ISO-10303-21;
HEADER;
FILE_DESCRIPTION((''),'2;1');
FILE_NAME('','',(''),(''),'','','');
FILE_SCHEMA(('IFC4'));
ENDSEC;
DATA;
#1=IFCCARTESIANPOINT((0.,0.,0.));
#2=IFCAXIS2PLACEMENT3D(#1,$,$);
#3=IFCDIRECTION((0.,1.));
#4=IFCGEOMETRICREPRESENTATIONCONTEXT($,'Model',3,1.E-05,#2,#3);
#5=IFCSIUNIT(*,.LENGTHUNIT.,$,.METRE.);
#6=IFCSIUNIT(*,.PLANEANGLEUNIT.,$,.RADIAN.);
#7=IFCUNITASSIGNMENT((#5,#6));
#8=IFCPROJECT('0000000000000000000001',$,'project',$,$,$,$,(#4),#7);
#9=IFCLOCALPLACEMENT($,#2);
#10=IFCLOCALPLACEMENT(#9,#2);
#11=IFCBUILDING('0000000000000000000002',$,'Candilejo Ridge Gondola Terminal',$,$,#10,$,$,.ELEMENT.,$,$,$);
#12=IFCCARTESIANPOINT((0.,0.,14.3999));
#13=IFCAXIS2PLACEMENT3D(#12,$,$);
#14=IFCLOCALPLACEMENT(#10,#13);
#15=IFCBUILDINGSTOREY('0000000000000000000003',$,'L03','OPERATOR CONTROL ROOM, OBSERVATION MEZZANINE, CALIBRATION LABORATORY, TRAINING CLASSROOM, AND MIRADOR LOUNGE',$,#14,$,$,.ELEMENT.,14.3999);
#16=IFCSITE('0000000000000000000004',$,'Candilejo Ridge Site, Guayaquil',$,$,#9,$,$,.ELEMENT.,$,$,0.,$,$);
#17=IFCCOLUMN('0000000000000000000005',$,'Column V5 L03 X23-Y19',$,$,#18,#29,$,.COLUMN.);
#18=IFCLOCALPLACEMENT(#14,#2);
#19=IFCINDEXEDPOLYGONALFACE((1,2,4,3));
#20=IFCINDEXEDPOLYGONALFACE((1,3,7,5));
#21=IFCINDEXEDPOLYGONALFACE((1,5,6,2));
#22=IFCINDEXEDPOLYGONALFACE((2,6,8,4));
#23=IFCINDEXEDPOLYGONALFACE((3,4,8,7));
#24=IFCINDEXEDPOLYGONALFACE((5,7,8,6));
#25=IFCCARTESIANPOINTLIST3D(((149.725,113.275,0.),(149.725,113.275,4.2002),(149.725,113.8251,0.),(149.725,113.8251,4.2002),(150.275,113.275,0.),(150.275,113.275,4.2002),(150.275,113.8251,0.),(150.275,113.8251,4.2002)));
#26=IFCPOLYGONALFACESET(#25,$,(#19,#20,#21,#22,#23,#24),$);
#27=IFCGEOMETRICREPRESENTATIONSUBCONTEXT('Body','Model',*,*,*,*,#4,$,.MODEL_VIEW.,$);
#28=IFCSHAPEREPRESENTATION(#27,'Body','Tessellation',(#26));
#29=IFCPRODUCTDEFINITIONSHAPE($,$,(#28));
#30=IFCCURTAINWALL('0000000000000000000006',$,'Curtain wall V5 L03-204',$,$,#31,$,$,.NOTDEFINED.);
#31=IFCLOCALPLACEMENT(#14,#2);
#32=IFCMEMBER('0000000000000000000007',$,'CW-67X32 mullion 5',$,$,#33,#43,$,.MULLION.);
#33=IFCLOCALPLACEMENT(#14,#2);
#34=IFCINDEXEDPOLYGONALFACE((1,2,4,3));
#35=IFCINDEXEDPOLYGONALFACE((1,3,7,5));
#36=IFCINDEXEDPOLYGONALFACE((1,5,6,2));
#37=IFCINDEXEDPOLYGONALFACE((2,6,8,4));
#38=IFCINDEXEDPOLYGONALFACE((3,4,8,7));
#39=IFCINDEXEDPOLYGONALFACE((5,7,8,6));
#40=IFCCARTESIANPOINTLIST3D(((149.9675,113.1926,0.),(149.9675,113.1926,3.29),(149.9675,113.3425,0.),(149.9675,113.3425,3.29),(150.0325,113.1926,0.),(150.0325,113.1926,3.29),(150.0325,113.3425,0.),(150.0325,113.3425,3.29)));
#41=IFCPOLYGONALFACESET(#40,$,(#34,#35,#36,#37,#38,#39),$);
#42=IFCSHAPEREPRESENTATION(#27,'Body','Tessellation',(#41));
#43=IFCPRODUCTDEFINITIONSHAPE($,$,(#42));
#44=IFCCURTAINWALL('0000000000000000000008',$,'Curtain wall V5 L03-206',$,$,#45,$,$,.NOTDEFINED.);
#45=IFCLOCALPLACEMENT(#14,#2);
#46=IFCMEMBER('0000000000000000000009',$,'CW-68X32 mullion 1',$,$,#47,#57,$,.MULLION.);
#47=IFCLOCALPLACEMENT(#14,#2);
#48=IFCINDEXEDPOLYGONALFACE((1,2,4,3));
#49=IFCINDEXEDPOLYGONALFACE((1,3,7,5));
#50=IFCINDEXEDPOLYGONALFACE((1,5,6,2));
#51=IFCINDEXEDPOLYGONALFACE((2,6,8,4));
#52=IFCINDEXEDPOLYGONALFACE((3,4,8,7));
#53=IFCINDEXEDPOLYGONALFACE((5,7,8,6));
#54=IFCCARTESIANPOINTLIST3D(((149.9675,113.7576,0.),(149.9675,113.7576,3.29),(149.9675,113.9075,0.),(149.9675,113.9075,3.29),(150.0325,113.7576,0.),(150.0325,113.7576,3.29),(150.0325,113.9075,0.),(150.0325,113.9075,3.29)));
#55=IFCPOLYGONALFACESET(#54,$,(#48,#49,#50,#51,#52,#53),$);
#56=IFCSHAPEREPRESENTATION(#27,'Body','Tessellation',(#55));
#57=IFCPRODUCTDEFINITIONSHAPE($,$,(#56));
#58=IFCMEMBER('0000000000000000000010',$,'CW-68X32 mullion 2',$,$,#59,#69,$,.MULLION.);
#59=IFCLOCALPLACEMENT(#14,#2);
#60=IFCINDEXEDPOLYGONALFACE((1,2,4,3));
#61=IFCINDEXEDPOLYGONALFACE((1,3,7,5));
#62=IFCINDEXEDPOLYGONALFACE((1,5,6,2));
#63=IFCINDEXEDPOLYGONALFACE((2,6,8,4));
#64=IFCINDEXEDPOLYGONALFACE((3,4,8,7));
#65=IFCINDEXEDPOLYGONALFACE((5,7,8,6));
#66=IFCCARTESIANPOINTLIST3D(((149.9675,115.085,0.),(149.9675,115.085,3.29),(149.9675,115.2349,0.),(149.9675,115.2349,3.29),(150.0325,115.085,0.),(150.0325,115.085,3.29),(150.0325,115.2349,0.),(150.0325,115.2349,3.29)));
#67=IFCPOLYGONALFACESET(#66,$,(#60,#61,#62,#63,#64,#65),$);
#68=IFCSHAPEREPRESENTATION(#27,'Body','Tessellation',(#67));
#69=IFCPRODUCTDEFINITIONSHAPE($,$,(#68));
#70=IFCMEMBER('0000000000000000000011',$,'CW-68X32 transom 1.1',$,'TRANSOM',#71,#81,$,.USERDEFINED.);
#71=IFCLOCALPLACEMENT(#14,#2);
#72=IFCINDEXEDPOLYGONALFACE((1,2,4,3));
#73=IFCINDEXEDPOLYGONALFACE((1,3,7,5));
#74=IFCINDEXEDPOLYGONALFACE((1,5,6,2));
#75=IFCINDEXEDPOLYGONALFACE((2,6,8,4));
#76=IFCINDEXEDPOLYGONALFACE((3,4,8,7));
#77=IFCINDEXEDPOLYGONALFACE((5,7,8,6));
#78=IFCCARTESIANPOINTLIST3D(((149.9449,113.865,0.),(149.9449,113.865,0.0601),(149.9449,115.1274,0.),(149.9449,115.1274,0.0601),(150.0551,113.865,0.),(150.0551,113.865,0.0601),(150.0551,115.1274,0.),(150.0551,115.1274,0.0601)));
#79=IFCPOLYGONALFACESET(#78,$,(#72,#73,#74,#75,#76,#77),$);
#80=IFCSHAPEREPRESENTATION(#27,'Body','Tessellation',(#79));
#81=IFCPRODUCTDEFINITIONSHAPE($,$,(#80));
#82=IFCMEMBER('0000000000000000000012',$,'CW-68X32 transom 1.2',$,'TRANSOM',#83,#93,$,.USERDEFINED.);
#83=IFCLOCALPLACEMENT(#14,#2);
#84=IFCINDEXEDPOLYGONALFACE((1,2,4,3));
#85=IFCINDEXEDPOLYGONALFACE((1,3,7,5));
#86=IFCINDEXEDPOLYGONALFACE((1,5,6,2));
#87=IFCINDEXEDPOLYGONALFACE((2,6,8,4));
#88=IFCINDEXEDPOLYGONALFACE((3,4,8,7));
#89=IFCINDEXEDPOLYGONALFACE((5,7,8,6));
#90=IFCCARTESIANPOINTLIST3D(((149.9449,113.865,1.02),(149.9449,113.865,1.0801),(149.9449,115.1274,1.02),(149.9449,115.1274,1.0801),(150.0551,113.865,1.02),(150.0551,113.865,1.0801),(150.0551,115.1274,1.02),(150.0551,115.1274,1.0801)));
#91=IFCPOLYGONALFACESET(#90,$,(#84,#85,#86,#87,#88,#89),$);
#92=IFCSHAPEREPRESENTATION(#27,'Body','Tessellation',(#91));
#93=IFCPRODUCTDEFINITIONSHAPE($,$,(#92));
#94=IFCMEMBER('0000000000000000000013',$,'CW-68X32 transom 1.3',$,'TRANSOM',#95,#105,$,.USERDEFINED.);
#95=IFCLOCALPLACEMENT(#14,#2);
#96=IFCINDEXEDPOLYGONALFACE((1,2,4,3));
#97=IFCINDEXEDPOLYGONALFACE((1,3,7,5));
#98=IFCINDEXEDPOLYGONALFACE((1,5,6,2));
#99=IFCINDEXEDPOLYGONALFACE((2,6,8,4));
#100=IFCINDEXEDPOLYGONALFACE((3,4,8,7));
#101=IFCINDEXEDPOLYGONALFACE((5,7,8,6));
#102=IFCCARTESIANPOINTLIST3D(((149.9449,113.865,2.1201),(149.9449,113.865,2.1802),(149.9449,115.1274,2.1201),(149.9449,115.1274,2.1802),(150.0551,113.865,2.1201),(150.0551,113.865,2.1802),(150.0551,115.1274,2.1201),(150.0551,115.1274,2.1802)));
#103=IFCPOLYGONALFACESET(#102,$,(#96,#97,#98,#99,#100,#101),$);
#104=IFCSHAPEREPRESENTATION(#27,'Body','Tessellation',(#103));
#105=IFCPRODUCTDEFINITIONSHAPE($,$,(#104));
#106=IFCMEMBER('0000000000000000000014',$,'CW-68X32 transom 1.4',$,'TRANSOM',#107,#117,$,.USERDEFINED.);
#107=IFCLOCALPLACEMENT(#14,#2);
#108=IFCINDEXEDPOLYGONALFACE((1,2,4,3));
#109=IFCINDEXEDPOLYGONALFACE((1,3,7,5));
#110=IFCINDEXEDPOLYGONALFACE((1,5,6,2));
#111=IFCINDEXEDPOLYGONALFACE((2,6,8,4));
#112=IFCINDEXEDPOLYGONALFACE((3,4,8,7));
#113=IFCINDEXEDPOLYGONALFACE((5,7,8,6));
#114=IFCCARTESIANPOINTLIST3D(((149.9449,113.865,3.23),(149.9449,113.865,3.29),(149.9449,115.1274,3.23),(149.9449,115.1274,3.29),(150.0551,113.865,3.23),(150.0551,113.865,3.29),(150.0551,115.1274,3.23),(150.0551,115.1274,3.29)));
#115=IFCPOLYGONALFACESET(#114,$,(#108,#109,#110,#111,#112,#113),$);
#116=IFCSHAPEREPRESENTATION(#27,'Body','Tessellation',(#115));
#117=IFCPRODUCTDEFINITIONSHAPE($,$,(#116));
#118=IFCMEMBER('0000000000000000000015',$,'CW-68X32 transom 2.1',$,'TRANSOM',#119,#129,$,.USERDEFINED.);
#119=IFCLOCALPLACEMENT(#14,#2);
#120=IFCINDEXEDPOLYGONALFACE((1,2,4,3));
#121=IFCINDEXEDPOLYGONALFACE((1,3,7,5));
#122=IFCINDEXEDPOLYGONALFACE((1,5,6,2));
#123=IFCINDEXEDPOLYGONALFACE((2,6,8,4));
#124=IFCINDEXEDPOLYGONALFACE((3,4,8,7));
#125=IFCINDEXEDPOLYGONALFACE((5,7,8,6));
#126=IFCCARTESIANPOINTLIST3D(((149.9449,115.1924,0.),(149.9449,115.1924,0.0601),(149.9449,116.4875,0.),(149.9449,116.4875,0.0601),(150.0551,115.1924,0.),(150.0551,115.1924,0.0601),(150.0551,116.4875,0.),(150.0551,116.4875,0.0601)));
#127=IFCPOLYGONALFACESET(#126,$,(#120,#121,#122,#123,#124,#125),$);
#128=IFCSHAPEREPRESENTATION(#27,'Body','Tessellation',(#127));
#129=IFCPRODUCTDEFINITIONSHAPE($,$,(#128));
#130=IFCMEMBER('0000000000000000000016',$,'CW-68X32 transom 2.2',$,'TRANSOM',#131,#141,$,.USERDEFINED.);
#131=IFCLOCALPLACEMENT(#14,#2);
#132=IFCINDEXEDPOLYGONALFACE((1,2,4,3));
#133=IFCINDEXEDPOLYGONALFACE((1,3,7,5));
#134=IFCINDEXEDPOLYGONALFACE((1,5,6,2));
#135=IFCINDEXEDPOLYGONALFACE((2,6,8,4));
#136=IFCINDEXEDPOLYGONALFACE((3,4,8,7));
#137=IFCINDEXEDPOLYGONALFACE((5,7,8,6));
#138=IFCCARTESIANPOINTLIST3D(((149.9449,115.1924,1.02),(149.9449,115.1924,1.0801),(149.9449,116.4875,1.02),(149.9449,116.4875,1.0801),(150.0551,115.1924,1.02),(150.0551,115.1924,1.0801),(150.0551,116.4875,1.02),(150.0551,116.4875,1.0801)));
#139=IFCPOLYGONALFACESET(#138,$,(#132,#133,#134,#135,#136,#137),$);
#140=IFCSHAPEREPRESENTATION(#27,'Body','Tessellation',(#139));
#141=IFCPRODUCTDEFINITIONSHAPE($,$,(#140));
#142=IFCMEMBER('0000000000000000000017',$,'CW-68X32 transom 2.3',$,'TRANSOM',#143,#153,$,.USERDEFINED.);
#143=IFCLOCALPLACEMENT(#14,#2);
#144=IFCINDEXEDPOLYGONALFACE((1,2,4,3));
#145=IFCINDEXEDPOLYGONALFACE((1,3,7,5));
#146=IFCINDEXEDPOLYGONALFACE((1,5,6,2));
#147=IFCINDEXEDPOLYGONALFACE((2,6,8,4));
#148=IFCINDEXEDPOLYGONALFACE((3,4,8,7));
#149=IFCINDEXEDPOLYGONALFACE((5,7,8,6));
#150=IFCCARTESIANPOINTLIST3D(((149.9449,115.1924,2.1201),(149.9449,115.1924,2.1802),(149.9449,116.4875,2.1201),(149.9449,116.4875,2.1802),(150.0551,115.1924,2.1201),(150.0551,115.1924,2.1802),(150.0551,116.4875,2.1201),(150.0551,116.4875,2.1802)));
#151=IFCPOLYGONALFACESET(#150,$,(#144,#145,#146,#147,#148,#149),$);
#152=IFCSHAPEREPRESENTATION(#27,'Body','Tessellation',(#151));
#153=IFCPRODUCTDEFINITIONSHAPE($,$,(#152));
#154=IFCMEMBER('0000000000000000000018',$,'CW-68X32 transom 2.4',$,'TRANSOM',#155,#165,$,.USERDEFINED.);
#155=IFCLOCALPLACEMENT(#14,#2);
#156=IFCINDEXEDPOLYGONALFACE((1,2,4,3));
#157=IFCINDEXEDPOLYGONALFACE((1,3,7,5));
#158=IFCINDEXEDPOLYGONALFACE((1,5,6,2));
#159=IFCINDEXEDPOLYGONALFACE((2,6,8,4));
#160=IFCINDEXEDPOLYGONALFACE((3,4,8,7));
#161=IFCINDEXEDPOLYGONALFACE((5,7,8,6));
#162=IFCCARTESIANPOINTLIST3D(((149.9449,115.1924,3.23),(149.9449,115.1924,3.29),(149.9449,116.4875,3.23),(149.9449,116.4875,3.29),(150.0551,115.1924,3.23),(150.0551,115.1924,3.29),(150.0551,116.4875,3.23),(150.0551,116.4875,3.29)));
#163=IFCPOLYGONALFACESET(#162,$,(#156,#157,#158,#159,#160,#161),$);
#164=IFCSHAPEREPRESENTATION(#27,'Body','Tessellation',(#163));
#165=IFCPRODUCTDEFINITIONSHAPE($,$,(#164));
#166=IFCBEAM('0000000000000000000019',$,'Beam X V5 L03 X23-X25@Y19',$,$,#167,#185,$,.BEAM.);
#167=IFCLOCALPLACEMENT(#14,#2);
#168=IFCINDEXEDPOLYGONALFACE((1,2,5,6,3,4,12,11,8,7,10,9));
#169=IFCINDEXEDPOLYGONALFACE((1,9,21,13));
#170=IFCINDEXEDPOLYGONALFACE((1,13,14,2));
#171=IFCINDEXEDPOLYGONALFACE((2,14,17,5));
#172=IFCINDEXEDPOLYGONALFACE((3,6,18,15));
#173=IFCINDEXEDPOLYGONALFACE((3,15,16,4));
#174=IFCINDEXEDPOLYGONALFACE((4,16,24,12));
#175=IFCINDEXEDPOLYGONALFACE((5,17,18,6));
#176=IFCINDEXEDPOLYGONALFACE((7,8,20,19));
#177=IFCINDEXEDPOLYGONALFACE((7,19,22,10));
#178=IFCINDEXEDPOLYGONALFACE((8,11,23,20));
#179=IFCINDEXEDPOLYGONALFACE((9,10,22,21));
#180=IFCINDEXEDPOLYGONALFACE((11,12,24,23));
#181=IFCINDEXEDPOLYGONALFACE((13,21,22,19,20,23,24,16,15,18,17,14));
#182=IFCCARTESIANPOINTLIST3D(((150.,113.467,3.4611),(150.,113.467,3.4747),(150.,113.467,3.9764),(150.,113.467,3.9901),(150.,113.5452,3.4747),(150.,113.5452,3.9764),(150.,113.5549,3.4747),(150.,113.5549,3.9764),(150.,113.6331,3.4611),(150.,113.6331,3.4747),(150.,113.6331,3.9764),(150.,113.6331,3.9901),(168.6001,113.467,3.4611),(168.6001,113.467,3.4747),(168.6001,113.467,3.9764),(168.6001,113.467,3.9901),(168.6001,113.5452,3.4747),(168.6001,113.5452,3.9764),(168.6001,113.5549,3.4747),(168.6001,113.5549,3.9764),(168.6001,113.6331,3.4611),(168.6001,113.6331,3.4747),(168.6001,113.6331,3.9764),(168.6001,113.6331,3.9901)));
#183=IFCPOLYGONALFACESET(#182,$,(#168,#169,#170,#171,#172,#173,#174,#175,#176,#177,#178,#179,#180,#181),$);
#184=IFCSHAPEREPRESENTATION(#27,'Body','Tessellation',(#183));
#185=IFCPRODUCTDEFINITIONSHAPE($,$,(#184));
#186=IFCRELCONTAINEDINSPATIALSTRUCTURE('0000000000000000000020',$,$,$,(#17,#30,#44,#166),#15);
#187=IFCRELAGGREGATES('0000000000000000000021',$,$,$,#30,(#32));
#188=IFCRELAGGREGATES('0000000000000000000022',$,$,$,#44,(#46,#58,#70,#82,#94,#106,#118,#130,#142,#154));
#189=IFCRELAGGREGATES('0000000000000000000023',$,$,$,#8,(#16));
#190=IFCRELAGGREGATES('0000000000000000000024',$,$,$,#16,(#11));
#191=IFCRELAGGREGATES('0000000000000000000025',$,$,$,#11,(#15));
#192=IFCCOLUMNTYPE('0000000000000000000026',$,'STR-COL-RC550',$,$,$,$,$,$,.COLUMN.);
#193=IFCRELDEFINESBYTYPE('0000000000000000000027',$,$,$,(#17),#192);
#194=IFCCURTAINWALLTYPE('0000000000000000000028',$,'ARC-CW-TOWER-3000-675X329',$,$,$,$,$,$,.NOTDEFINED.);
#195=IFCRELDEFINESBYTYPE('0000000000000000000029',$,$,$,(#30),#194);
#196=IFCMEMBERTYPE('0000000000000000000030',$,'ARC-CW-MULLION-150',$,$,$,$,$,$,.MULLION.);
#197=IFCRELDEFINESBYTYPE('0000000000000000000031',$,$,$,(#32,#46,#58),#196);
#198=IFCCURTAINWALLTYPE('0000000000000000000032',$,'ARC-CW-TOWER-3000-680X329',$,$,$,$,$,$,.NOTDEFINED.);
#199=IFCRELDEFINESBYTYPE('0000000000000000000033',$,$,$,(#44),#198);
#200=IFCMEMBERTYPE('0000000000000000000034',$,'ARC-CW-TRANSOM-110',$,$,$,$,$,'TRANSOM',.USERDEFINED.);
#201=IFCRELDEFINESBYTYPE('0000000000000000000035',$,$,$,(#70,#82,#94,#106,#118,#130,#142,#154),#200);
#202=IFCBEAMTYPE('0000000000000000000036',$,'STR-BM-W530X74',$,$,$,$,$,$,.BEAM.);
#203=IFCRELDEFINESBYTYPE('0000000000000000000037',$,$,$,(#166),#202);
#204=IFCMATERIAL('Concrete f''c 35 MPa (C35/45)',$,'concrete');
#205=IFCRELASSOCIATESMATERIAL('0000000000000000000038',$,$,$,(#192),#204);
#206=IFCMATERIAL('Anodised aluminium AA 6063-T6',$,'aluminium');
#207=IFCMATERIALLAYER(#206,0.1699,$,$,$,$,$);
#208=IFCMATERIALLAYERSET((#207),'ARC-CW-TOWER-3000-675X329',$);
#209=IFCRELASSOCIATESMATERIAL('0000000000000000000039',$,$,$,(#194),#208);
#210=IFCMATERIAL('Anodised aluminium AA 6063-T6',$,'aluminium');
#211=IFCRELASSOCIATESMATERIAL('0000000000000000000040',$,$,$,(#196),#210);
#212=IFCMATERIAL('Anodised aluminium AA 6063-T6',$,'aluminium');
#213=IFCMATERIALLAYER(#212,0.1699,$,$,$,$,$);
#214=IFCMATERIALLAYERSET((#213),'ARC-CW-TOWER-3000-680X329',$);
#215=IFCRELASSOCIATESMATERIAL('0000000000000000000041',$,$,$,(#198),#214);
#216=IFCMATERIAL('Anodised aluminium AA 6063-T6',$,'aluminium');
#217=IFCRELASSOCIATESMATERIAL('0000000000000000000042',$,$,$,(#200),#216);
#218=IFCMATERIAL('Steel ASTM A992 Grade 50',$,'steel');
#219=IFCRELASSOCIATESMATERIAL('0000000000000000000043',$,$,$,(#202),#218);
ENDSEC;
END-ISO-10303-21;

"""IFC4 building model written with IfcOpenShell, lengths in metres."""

from ifc_helpers import new_model, si_unit, direction, frame, origin, origin_2d, place, context, subcontext, project, spatial, rectangle, i_section, extrude, material, layer, layer_set, material_profile, profile_set, type_object, element, aggregate, save


model = new_model("IFC4")

# Units and contexts
model_context = context("Model", 3, precision=1e-05, world=origin(), true_north=direction((0.0, 1.0)))
body_context = subcontext(model_context, "Body", "Model", "MODEL_VIEW")
ifc_project = project(units=[si_unit("LENGTHUNIT", "METRE"), si_unit("PLANEANGLEUNIT", "RADIAN")], contexts=[model_context])

# Site, building, storey
site_placement = place(None, origin())
site = spatial("IfcSite", under=ifc_project, at=site_placement, Name="Candilejo Ridge Site, Guayaquil", CompositionType="ELEMENT", RefElevation=0.0)
building_placement = place(site_placement, origin())
building = spatial("IfcBuilding", under=site, at=building_placement, Name="Candilejo Ridge Gondola Terminal", CompositionType="ELEMENT")
storey_placement = place(building_placement, frame((0.0, 0.0, 14.3999)))
storey = spatial("IfcBuildingStorey", under=building, at=storey_placement, Name="L03", Description="OPERATOR CONTROL ROOM, OBSERVATION MEZZANINE, CALIBRATION LABORATORY, TRAINING CLASSROOM, AND MIRADOR LOUNGE", CompositionType="ELEMENT", Elevation=14.3999)

# Column
ifc_material_1 = material(Name="Concrete f'c 35 MPa (C35/45)", Category="concrete")
ifc_material_profile_1 = material_profile(ifc_material_1, rectangle(XDim=0.55, YDim=0.55, at=origin_2d()))
ifc_profile_set_1 = profile_set([ifc_material_profile_1], Name="Concrete f'c 35 MPa (C35/45)")
column_type = type_object("IfcColumnType", Name="STR-COL-RC550", PredefinedType="COLUMN", material=ifc_profile_set_1)
column_placement = place(storey_placement, frame((150.0, 113.55, 0.0), z_axis=(0.0, 0.0, 1.0), x_axis=(1.0, 0.0, 0.0)))
element("IfcColumn", 1, at=column_placement, inside=storey, type_object=column_type, Name="Column V5 L03 X23-Y19", PredefinedType="COLUMN", context=body_context, shape_type="SweptSolid", body=[
    extrude(rectangle(XDim=0.55, YDim=0.55, at=origin_2d()), origin(), (0.0, 0.0, 1.0), 4.2002),
])

# Curtain wall, member
ifc_material_2 = material(Name="Anodised aluminium AA 6063-T6", Category="aluminium")
ifc_layer_1 = layer(ifc_material_2, 0.1699)
ifc_layer_set_1 = layer_set([ifc_layer_1], Name="ARC-CW-TOWER-3000-675X329")
curtain_wall_type_1 = type_object("IfcCurtainWallType", Name="ARC-CW-TOWER-3000-675X329", PredefinedType="NOTDEFINED", material=ifc_layer_set_1)
curtain_wall_1_placement = place(storey_placement, origin())
curtain_wall_1 = element("IfcCurtainWall", 2, at=curtain_wall_1_placement, inside=storey, type_object=curtain_wall_type_1, Name="Curtain wall V5 L03-204", PredefinedType="NOTDEFINED")
ifc_material_3 = material(Name="Anodised aluminium AA 6063-T6", Category="aluminium")
ifc_material_profile_2 = material_profile(ifc_material_3, rectangle(XDim=0.0649, YDim=0.1499, at=origin_2d()))
ifc_profile_set_2 = profile_set([ifc_material_profile_2], Name="Anodised aluminium AA 6063-T6")
member_type_1 = type_object("IfcMemberType", Name="ARC-CW-MULLION-150", PredefinedType="MULLION", material=ifc_profile_set_2)
member_1_placement = place(storey_placement, frame((150.0, 113.2676, 0.0), z_axis=(0.0, 0.0, 1.0), x_axis=(-1.0, 0.0, 0.0)))
member_1 = element("IfcMember", 3, at=member_1_placement, type_object=member_type_1, Name="CW-67X32 mullion 5", PredefinedType="MULLION", context=body_context, shape_type="SweptSolid", body=[
    extrude(rectangle(XDim=0.0649, YDim=0.1499, at=origin_2d()), origin(), (0.0, 0.0, 1.0), 3.29),
])

# Curtain wall, members
ifc_material_4 = material(Name="Anodised aluminium AA 6063-T6", Category="aluminium")
ifc_layer_2 = layer(ifc_material_4, 0.1699)
ifc_layer_set_2 = layer_set([ifc_layer_2], Name="ARC-CW-TOWER-3000-680X329")
curtain_wall_type_2 = type_object("IfcCurtainWallType", Name="ARC-CW-TOWER-3000-680X329", PredefinedType="NOTDEFINED", material=ifc_layer_set_2)
curtain_wall_2_placement = place(storey_placement, origin())
curtain_wall_2 = element("IfcCurtainWall", 4, at=curtain_wall_2_placement, inside=storey, type_object=curtain_wall_type_2, Name="Curtain wall V5 L03-206", PredefinedType="NOTDEFINED")
member_2_placement = place(storey_placement, frame((150.0, 113.8325, 0.0), z_axis=(0.0, 0.0, 1.0), x_axis=(-1.0, 0.0, 0.0)))
member_2 = element("IfcMember", 5, at=member_2_placement, type_object=member_type_1, Name="CW-68X32 mullion 1", PredefinedType="MULLION", context=body_context, shape_type="SweptSolid", body=[
    extrude(rectangle(XDim=0.0649, YDim=0.1499, at=origin_2d()), origin(), (0.0, 0.0, 1.0), 3.29),
])
member_3_placement = place(storey_placement, frame((150.0, 115.1599, 0.0), z_axis=(0.0, 0.0, 1.0), x_axis=(-1.0, 0.0, 0.0)))
member_3 = element("IfcMember", 6, at=member_3_placement, type_object=member_type_1, Name="CW-68X32 mullion 2", PredefinedType="MULLION", context=body_context, shape_type="SweptSolid", body=[
    extrude(rectangle(XDim=0.0649, YDim=0.1499, at=origin_2d()), origin(), (0.0, 0.0, 1.0), 3.29),
])
ifc_material_5 = material(Name="Anodised aluminium AA 6063-T6", Category="aluminium")
ifc_material_profile_3 = material_profile(ifc_material_5, rectangle(XDim=0.1101, YDim=0.0601, at=origin_2d()))
ifc_profile_set_3 = profile_set([ifc_material_profile_3], Name="Anodised aluminium AA 6063-T6")
member_type_2 = type_object("IfcMemberType", Name="ARC-CW-TRANSOM-110", ElementType="TRANSOM", PredefinedType="USERDEFINED", material=ifc_profile_set_3)
member_4_placement = place(storey_placement, frame((150.0, 113.865, 0.03), z_axis=(0.0, 1.0, 0.0), x_axis=(-1.0, 0.0, 0.0)))
member_4 = element("IfcMember", 7, at=member_4_placement, type_object=member_type_2, Name="CW-68X32 transom 1.1", ObjectType="TRANSOM", PredefinedType="USERDEFINED", context=body_context, shape_type="SweptSolid", body=[
    extrude(rectangle(XDim=0.1101, YDim=0.0601, at=origin_2d()), origin(), (0.0, 0.0, 1.0), 1.2625),
])
member_5_placement = place(storey_placement, frame((150.0, 113.865, 1.05), z_axis=(0.0, 1.0, 0.0), x_axis=(-1.0, 0.0, 0.0)))
member_5 = element("IfcMember", 8, at=member_5_placement, type_object=member_type_2, Name="CW-68X32 transom 1.2", ObjectType="TRANSOM", PredefinedType="USERDEFINED", context=body_context, shape_type="SweptSolid", body=[
    extrude(rectangle(XDim=0.1101, YDim=0.0601, at=origin_2d()), origin(), (0.0, 0.0, 1.0), 1.2625),
])
member_6_placement = place(storey_placement, frame((150.0, 113.865, 2.1501), z_axis=(0.0, 1.0, 0.0), x_axis=(-1.0, 0.0, 0.0)))
member_6 = element("IfcMember", 9, at=member_6_placement, type_object=member_type_2, Name="CW-68X32 transom 1.3", ObjectType="TRANSOM", PredefinedType="USERDEFINED", context=body_context, shape_type="SweptSolid", body=[
    extrude(rectangle(XDim=0.1101, YDim=0.0601, at=origin_2d()), origin(), (0.0, 0.0, 1.0), 1.2625),
])
member_7_placement = place(storey_placement, frame((150.0, 113.865, 3.26), z_axis=(0.0, 1.0, 0.0), x_axis=(-1.0, 0.0, 0.0)))
member_7 = element("IfcMember", 10, at=member_7_placement, type_object=member_type_2, Name="CW-68X32 transom 1.4", ObjectType="TRANSOM", PredefinedType="USERDEFINED", context=body_context, shape_type="SweptSolid", body=[
    extrude(rectangle(XDim=0.1101, YDim=0.0601, at=origin_2d()), origin(), (0.0, 0.0, 1.0), 1.2625),
])
member_8_placement = place(storey_placement, frame((150.0, 115.1924, 0.03), z_axis=(0.0, 1.0, 0.0), x_axis=(-1.0, 0.0, 0.0)))
member_8 = element("IfcMember", 11, at=member_8_placement, type_object=member_type_2, Name="CW-68X32 transom 2.1", ObjectType="TRANSOM", PredefinedType="USERDEFINED", context=body_context, shape_type="SweptSolid", body=[
    extrude(rectangle(XDim=0.1101, YDim=0.0601, at=origin_2d()), origin(), (0.0, 0.0, 1.0), 1.2952),
])
member_9_placement = place(storey_placement, frame((150.0, 115.1924, 1.05), z_axis=(0.0, 1.0, 0.0), x_axis=(-1.0, 0.0, 0.0)))
member_9 = element("IfcMember", 12, at=member_9_placement, type_object=member_type_2, Name="CW-68X32 transom 2.2", ObjectType="TRANSOM", PredefinedType="USERDEFINED", context=body_context, shape_type="SweptSolid", body=[
    extrude(rectangle(XDim=0.1101, YDim=0.0601, at=origin_2d()), origin(), (0.0, 0.0, 1.0), 1.2952),
])
member_10_placement = place(storey_placement, frame((150.0, 115.1924, 2.1501), z_axis=(0.0, 1.0, 0.0), x_axis=(-1.0, 0.0, 0.0)))
member_10 = element("IfcMember", 13, at=member_10_placement, type_object=member_type_2, Name="CW-68X32 transom 2.3", ObjectType="TRANSOM", PredefinedType="USERDEFINED", context=body_context, shape_type="SweptSolid", body=[
    extrude(rectangle(XDim=0.1101, YDim=0.0601, at=origin_2d()), origin(), (0.0, 0.0, 1.0), 1.2952),
])
member_11_placement = place(storey_placement, frame((150.0, 115.1924, 3.26), z_axis=(0.0, 1.0, 0.0), x_axis=(-1.0, 0.0, 0.0)))
member_11 = element("IfcMember", 14, at=member_11_placement, type_object=member_type_2, Name="CW-68X32 transom 2.4", ObjectType="TRANSOM", PredefinedType="USERDEFINED", context=body_context, shape_type="SweptSolid", body=[
    extrude(rectangle(XDim=0.1101, YDim=0.0601, at=origin_2d()), origin(), (0.0, 0.0, 1.0), 1.2952),
])

# Beam
ifc_material_6 = material(Name="Steel ASTM A992 Grade 50", Category="steel")
ifc_material_profile_4 = material_profile(ifc_material_6, i_section(OverallWidth=0.166, OverallDepth=0.5291, WebThickness=0.0098, FlangeThickness=0.0137, at=origin_2d()))
ifc_profile_set_4 = profile_set([ifc_material_profile_4], Name="Steel ASTM A992 Grade 50")
beam_type_1 = type_object("IfcBeamType", Name="STR-BM-W530X74", PredefinedType="BEAM", material=ifc_profile_set_4)
beam_1_placement = place(storey_placement, frame((150.0, 113.55, 3.7256), z_axis=(1.0, 0.0, 0.0), x_axis=(0.0, 1.0, 0.0)))
element("IfcBeam", 15, at=beam_1_placement, inside=storey, type_object=beam_type_1, Name="Beam X V5 L03 X23-X25@Y19", PredefinedType="BEAM", context=body_context, shape_type="SweptSolid", body=[
    extrude(i_section(OverallWidth=0.166, OverallDepth=0.5291, WebThickness=0.0098, FlangeThickness=0.0137, at=origin_2d()), origin(), (0.0, 0.0, 1.0), 18.6001),
])

aggregate(curtain_wall_1, [member_1])
aggregate(curtain_wall_2, [member_2, member_3, member_4, member_5, member_6, member_7, member_8, member_9, member_10, member_11])

save(model, "model.ifc")
